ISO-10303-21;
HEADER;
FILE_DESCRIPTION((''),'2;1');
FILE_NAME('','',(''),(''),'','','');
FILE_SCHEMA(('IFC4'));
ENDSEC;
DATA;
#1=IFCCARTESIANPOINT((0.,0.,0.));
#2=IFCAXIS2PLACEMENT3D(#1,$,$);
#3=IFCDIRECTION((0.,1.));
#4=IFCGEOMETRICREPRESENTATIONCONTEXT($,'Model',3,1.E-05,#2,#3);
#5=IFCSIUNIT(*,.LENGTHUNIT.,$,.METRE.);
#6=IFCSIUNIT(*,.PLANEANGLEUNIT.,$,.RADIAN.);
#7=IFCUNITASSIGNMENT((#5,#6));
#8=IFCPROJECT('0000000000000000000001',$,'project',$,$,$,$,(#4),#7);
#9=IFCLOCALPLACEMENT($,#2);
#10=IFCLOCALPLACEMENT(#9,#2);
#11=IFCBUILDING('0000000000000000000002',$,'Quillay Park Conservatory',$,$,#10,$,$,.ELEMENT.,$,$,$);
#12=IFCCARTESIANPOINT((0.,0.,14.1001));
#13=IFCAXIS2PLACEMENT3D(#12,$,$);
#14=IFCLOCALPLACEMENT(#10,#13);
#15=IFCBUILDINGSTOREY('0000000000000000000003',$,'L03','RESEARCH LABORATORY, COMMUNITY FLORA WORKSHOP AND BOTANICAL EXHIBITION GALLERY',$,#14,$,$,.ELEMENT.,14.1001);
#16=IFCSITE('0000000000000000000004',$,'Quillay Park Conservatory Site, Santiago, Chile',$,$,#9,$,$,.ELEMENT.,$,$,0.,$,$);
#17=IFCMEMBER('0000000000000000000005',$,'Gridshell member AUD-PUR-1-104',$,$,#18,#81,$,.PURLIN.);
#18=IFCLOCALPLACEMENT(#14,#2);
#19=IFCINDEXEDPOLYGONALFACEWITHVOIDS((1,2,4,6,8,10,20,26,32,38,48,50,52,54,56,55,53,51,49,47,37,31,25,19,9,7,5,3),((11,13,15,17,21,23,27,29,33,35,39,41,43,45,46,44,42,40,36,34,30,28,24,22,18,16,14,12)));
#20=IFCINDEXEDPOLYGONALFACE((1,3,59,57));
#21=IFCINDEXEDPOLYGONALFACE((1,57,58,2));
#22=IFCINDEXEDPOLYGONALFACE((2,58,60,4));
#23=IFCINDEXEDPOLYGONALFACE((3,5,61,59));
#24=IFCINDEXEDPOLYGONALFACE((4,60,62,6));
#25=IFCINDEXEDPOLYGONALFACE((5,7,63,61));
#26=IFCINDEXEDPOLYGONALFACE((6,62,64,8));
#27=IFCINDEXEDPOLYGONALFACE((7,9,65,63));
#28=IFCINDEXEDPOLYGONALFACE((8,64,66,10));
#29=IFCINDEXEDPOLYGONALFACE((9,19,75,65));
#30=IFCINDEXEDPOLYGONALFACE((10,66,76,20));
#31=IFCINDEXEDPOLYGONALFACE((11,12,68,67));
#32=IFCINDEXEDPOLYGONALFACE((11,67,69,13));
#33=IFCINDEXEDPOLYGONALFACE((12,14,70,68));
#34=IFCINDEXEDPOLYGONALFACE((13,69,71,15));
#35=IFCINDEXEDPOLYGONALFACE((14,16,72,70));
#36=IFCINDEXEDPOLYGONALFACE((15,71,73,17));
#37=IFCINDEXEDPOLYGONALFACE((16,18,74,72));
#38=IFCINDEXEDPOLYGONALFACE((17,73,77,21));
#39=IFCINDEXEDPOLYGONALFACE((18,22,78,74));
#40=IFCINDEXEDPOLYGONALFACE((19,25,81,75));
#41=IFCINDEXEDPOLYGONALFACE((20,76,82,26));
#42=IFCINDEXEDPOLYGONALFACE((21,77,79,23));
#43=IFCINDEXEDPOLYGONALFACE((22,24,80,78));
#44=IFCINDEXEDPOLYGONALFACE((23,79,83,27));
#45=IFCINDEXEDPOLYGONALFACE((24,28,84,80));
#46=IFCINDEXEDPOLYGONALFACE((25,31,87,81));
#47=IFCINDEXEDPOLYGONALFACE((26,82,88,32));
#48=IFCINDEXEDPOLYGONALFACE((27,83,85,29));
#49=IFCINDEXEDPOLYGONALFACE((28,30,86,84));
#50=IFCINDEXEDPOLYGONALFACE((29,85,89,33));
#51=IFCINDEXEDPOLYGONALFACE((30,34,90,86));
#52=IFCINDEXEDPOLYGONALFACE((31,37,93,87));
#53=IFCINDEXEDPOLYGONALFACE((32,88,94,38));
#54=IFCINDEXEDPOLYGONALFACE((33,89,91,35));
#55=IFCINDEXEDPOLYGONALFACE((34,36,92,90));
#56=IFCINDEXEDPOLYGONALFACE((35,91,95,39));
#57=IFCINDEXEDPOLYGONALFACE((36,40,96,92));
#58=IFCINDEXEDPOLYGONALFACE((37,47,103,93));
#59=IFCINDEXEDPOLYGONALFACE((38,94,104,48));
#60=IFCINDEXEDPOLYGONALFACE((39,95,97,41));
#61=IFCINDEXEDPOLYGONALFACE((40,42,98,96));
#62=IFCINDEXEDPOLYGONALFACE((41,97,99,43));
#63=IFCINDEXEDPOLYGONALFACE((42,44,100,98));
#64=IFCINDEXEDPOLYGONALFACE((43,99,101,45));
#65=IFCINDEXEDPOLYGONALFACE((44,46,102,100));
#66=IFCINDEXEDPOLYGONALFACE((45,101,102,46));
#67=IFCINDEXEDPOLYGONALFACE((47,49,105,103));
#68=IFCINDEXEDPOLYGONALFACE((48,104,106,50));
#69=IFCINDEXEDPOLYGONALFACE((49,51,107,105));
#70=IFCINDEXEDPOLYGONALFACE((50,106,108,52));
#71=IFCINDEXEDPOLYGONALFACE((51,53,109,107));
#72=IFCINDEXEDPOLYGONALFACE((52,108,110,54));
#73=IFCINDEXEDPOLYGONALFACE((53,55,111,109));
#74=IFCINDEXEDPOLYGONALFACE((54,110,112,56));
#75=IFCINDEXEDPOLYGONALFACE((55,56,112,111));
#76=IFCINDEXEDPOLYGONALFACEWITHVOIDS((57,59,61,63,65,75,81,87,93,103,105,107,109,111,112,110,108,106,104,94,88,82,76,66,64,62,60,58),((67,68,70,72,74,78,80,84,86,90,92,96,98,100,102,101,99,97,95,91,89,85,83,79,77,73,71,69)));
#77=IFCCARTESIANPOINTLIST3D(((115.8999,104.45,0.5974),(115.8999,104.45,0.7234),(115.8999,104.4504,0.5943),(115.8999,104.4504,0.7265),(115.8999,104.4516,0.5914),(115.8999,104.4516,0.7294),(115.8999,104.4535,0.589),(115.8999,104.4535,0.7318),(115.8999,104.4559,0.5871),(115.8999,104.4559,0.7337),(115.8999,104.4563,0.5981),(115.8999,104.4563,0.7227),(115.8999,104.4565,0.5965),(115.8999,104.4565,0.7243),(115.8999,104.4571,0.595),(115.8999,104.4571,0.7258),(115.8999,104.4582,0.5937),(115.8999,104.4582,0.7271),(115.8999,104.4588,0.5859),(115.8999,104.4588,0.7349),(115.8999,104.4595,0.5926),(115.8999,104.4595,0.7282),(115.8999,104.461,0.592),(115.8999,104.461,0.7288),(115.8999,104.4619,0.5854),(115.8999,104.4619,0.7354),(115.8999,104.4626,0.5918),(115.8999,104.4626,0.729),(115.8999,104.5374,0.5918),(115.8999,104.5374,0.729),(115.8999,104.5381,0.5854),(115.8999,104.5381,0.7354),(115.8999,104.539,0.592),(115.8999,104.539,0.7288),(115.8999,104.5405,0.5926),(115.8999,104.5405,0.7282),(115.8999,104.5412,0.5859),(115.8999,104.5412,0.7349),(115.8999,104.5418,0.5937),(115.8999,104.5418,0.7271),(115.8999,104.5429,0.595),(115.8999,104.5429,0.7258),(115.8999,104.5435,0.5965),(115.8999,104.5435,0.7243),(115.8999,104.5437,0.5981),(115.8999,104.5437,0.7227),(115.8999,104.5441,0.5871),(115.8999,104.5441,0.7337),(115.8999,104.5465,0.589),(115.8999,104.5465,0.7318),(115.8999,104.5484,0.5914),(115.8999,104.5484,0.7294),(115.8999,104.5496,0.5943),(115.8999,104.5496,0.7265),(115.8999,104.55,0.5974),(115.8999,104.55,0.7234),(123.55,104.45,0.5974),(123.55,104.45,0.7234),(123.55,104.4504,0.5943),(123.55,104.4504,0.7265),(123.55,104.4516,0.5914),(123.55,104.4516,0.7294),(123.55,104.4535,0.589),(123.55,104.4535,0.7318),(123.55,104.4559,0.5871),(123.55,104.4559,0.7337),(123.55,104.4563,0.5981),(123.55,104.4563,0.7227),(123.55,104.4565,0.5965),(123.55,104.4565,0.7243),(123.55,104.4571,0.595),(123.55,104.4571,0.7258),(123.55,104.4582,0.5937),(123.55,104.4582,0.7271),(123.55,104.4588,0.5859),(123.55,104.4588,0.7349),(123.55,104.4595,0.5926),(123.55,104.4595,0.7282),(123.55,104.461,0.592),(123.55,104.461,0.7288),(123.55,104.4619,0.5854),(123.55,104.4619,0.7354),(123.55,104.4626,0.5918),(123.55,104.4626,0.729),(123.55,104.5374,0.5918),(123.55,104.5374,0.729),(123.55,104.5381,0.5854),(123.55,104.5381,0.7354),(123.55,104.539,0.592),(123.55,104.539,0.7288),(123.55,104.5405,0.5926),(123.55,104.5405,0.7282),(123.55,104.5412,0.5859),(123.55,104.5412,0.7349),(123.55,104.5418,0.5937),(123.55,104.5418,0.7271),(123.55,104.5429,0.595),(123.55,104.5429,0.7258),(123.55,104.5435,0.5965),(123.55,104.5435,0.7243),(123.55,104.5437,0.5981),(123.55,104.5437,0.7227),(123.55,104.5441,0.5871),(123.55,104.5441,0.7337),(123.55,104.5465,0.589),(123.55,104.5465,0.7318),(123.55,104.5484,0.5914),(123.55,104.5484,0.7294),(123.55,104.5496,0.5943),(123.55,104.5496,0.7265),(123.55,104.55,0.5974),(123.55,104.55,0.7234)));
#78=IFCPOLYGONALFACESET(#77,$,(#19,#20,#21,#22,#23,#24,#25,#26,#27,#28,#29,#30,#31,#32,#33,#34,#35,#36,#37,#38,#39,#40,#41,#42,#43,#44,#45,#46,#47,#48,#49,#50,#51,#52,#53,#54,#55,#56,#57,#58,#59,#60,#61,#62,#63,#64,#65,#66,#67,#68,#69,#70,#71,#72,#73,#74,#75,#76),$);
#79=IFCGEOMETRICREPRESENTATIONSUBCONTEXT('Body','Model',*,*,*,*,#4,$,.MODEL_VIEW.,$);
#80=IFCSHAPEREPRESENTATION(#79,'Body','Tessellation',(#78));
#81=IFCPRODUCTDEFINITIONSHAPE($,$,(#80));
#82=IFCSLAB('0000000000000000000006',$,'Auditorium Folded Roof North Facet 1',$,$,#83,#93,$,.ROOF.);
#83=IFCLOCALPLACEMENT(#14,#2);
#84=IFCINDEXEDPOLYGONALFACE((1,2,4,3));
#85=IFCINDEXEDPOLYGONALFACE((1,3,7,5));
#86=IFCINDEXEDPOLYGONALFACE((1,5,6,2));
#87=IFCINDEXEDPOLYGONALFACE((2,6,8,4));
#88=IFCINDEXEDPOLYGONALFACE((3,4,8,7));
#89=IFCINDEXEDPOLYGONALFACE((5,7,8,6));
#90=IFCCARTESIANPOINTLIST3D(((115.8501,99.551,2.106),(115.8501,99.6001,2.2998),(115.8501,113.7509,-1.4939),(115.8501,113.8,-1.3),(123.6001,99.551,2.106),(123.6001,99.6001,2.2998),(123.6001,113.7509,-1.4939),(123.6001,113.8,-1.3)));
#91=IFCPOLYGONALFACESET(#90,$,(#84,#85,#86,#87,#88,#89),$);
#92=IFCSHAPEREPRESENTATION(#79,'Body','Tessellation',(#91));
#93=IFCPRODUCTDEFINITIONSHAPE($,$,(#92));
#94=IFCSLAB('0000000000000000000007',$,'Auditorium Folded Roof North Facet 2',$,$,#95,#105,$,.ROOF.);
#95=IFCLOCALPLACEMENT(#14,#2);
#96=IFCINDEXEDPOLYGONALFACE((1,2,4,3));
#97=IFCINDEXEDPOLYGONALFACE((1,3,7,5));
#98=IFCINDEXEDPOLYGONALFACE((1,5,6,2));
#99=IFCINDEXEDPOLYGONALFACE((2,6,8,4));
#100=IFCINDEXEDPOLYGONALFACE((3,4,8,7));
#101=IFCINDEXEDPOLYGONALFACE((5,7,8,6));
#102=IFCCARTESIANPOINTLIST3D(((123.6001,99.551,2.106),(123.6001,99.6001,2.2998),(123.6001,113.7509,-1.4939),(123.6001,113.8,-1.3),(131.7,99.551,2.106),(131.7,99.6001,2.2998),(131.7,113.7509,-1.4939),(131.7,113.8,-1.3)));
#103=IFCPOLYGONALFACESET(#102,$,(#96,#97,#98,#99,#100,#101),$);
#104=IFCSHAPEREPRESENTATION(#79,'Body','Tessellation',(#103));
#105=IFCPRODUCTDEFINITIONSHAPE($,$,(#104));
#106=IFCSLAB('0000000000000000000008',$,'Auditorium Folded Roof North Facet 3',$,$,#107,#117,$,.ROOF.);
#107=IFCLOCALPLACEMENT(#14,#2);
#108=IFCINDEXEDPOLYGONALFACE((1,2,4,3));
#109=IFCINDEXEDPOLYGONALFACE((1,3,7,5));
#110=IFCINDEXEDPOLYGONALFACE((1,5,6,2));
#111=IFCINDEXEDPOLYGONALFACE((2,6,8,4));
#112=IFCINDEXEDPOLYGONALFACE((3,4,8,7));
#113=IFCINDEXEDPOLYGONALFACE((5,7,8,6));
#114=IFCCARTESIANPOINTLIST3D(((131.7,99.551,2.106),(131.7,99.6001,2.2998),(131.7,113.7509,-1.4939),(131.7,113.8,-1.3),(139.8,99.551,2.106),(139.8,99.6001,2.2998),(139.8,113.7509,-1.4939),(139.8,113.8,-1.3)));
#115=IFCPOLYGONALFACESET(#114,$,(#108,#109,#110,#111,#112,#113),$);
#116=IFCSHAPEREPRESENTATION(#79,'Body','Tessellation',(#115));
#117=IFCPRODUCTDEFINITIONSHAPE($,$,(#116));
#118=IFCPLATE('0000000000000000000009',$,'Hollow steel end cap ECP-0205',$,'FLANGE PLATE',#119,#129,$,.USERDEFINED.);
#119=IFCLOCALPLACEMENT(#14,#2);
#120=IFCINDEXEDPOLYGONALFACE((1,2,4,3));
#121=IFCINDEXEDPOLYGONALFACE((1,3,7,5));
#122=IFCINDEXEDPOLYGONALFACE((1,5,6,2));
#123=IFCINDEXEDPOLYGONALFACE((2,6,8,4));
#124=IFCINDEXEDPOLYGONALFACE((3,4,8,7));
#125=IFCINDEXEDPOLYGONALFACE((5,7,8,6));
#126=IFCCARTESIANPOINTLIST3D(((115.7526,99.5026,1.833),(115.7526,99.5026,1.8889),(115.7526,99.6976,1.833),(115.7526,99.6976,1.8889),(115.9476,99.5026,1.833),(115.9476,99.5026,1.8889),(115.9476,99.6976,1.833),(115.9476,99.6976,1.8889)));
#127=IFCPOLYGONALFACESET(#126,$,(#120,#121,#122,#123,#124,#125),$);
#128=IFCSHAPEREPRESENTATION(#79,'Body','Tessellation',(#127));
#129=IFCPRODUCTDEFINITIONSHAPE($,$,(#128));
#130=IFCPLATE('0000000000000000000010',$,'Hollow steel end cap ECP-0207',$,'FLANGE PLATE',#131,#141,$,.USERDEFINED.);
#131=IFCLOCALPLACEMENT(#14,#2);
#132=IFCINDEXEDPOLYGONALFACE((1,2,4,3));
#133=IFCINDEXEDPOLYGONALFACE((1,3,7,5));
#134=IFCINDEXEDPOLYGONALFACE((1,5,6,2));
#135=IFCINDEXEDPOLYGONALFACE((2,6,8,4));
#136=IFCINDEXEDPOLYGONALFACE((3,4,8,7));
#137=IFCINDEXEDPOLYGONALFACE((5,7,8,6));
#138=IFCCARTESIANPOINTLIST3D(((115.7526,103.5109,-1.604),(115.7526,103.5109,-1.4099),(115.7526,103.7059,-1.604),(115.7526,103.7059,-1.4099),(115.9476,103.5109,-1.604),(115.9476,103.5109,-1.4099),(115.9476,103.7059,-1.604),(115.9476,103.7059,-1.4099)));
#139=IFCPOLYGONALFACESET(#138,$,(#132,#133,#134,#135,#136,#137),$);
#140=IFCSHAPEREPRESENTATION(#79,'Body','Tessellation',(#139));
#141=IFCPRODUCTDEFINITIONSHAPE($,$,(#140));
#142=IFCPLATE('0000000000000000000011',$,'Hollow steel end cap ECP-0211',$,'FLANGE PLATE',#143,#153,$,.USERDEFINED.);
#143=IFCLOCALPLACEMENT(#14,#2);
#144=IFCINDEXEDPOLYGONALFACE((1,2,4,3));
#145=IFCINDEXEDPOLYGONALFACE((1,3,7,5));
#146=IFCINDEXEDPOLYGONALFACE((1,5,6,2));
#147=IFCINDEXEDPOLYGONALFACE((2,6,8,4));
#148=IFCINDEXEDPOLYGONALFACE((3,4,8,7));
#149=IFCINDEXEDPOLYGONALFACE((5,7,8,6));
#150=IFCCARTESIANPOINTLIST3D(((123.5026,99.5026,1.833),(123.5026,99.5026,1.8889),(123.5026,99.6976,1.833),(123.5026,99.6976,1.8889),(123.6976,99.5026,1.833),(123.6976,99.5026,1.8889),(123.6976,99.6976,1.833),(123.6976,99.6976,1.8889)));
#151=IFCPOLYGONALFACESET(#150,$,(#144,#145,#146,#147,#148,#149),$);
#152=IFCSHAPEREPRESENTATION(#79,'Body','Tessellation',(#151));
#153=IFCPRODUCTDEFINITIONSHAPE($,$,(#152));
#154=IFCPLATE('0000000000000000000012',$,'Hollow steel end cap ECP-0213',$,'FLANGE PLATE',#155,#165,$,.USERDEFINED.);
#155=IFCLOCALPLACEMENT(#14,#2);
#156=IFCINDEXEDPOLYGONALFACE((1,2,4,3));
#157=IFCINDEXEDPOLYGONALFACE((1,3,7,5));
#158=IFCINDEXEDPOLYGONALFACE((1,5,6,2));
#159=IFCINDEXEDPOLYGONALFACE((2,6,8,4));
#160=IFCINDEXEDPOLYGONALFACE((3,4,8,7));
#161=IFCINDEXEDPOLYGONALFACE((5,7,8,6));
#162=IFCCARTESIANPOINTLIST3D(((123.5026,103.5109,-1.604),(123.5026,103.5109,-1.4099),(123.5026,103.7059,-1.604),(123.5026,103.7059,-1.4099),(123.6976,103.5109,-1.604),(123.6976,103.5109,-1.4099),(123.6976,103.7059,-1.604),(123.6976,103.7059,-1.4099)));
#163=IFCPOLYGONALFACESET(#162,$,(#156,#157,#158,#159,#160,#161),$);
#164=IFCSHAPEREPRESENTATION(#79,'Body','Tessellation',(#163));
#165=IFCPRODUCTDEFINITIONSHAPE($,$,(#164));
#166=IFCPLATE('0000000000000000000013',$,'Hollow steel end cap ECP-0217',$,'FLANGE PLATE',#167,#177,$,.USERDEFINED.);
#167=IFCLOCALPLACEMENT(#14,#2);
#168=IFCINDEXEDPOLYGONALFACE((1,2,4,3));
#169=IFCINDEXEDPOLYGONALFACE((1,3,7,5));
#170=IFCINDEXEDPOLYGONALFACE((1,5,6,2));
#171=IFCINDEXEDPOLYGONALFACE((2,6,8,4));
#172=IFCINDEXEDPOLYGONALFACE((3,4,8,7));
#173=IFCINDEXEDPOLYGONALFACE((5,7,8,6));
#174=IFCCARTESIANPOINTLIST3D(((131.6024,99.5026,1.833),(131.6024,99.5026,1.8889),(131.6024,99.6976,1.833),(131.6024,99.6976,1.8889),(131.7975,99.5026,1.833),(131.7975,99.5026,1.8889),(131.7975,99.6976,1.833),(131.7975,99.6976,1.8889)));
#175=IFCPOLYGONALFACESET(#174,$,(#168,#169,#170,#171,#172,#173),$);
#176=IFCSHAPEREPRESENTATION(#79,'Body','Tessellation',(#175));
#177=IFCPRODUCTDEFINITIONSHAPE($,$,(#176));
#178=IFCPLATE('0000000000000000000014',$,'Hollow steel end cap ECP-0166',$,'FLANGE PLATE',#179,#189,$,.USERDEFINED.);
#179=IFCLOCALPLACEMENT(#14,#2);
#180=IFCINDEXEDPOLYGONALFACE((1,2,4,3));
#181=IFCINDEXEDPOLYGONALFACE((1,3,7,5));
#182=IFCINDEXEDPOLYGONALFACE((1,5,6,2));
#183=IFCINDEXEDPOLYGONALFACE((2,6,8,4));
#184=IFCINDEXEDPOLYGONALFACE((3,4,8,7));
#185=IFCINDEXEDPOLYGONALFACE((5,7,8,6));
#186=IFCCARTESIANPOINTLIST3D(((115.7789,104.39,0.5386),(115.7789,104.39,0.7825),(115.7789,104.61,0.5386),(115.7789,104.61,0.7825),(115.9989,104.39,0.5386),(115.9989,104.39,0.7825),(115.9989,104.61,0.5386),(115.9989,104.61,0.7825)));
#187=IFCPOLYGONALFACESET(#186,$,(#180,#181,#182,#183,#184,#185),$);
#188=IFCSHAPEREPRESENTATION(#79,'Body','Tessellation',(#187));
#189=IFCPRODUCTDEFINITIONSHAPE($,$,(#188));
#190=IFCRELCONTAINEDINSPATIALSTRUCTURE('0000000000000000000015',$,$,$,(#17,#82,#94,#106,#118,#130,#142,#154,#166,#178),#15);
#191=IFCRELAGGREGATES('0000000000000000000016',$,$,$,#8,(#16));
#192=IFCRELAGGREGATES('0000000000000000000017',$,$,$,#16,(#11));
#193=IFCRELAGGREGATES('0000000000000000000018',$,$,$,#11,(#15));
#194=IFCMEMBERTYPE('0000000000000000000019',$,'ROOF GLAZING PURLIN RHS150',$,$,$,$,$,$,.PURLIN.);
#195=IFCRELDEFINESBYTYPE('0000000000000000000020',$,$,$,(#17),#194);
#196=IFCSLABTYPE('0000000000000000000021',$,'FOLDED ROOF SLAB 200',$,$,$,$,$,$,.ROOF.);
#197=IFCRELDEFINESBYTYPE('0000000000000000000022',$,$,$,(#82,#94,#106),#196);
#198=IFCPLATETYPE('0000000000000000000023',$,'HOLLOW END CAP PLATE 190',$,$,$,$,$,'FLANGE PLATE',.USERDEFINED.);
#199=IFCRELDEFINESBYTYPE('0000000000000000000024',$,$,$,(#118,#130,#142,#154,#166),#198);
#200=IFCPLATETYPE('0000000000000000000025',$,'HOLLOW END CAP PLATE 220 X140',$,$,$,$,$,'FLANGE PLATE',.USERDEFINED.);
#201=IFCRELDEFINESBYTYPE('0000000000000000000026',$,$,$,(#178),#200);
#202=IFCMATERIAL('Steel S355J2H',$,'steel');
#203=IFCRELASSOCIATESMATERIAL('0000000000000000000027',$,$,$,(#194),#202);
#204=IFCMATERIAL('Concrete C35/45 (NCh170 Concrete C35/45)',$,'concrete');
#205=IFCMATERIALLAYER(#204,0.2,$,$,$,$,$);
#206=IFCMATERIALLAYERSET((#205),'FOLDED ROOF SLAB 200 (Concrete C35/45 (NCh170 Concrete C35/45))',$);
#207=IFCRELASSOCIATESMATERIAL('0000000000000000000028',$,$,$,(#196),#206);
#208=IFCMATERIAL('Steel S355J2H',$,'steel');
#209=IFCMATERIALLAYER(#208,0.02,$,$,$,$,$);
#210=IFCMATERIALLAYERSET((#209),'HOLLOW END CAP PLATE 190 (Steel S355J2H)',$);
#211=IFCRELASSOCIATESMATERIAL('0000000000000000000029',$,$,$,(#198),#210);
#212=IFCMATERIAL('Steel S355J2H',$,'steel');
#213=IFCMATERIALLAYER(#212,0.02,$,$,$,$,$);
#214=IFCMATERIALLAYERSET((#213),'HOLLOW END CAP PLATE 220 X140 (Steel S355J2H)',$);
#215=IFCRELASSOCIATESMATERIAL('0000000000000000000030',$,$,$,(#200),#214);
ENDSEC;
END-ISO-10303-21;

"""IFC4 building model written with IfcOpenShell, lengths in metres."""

from ifc_helpers import new_model, si_unit, direction, frame, origin, origin_2d, place, context, subcontext, project, spatial, polyline, rectangle, hollow_rectangle, outline, extrude, material, layer, layer_set, material_profile, profile_set, type_object, element, save


model = new_model("IFC4")

# Units and contexts
model_context = context("Model", 3, precision=1e-05, world=origin(), true_north=direction((0.0, 1.0)))
body_context = subcontext(model_context, "Body", "Model", "MODEL_VIEW")
ifc_project = project(units=[si_unit("LENGTHUNIT", "METRE"), si_unit("PLANEANGLEUNIT", "RADIAN")], contexts=[model_context])

# Site, building, storey
site_placement = place(None, origin())
site = spatial("IfcSite", under=ifc_project, at=site_placement, Name="Quillay Park Conservatory Site, Santiago, Chile", CompositionType="ELEMENT", RefElevation=0.0)
building_placement = place(site_placement, origin())
building = spatial("IfcBuilding", under=site, at=building_placement, Name="Quillay Park Conservatory", CompositionType="ELEMENT")
storey_placement = place(building_placement, frame((0.0, 0.0, 14.1001)))
storey = spatial("IfcBuildingStorey", under=building, at=storey_placement, Name="L03", Description="RESEARCH LABORATORY, COMMUNITY FLORA WORKSHOP AND BOTANICAL EXHIBITION GALLERY", CompositionType="ELEMENT", Elevation=14.1001)

# Member
ifc_material_1 = material(Name="Steel S355J2H", Category="steel")
ifc_material_profile_1 = material_profile(ifc_material_1, hollow_rectangle(XDim=0.1001, YDim=0.1499, WallThickness=0.0063, InnerFilletRadius=0.0063, OuterFilletRadius=0.012, at=origin_2d()), Name="RHS150x100x6.3")
ifc_profile_set_1 = profile_set([ifc_material_profile_1], Name="Steel S355J2H")
member_type_1 = type_object("IfcMemberType", Name="ROOF GLAZING PURLIN RHS150", PredefinedType="PURLIN", material=ifc_profile_set_1)
member_placement = place(storey_placement, frame((115.8999, 104.5, 0.6604), z_axis=(1.0, 0.0, 0.0), x_axis=(0.0, 1.0, 0.0)))
element("IfcMember", 1, at=member_placement, inside=storey, type_object=member_type_1, Name="Gridshell member AUD-PUR-1-104", PredefinedType="PURLIN", context=body_context, shape_type="SweptSolid", body=[
    extrude(hollow_rectangle(XDim=0.1001, YDim=0.1499, WallThickness=0.0063, InnerFilletRadius=0.0063, OuterFilletRadius=0.012, at=origin_2d()), origin(), (0.0, 0.0, 1.0), 7.6501),
])

# Slabs
ifc_material_2 = material(Name="Concrete C35/45 (NCh170 Concrete C35/45)", Category="concrete")
ifc_layer_1 = layer(ifc_material_2, 0.2)
ifc_layer_set_1 = layer_set([ifc_layer_1], Name="FOLDED ROOF SLAB 200 (Concrete C35/45 (NCh170 Concrete C35/45))")
slab_type = type_object("IfcSlabType", Name="FOLDED ROOF SLAB 200", PredefinedType="ROOF", material=ifc_layer_set_1)
slab_1_placement = place(storey_placement, frame((115.8501, 99.6001, 2.2998), z_axis=(0.0, 0.245738, 0.969336), x_axis=(1.0, 0.0, 0.0)))
element("IfcSlab", 2, at=slab_1_placement, inside=storey, type_object=slab_type, Name="Auditorium Folded Roof North Facet 1", PredefinedType="ROOF", context=body_context, shape_type="SweptSolid", body=[
    extrude(outline(polyline([(0.0, 0.0), (7.75, 0.0), (7.75, 14.6491), (0.0, 14.6491), (0.0, 0.0)])), origin(), (0.0, 0.0, -1.0), 0.2),
])
slab_2_placement = place(storey_placement, frame((123.6001, 99.6001, 2.2998), z_axis=(0.0, 0.245738, 0.969336), x_axis=(1.0, 0.0, 0.0)))
element("IfcSlab", 3, at=slab_2_placement, inside=storey, type_object=slab_type, Name="Auditorium Folded Roof North Facet 2", PredefinedType="ROOF", context=body_context, shape_type="SweptSolid", body=[
    extrude(outline(polyline([(0.0, 0.0), (8.0999, 0.0), (8.0999, 14.6491), (0.0, 14.6491), (0.0, 0.0)])), origin(), (0.0, 0.0, -1.0), 0.2),
])
slab_3_placement = place(storey_placement, frame((131.7, 99.6001, 2.2998), z_axis=(0.0, 0.245738, 0.969336), x_axis=(1.0, 0.0, 0.0)))
element("IfcSlab", 4, at=slab_3_placement, inside=storey, type_object=slab_type, Name="Auditorium Folded Roof North Facet 3", PredefinedType="ROOF", context=body_context, shape_type="SweptSolid", body=[
    extrude(outline(polyline([(0.0, 0.0), (8.1001, 0.0), (8.1001, 14.6491), (0.0, 14.6491), (0.0, 0.0)])), origin(), (0.0, 0.0, -1.0), 0.2),
])

# Plates
ifc_material_3 = material(Name="Steel S355J2H", Category="steel")
ifc_layer_2 = layer(ifc_material_3, 0.02)
ifc_layer_set_2 = layer_set([ifc_layer_2], Name="HOLLOW END CAP PLATE 190 (Steel S355J2H)")
plate_type_1 = type_object("IfcPlateType", Name="HOLLOW END CAP PLATE 190", ElementType="FLANGE PLATE", PredefinedType="USERDEFINED", material=ifc_layer_set_2)
plate_1_placement = place(storey_placement, frame((115.8501, 99.6001, 1.833), z_axis=(0.0, 0.0, 1.0), x_axis=(1.0, 0.0, 0.0)))
element("IfcPlate", 5, at=plate_1_placement, inside=storey, type_object=plate_type_1, Name="Hollow steel end cap ECP-0205", ObjectType="FLANGE PLATE", PredefinedType="USERDEFINED", context=body_context, shape_type="SweptSolid", body=[
    extrude(rectangle(XDim=0.1951, YDim=0.1951, at=origin_2d()), origin(), (0.0, 0.0, 1.0), 0.0559),
])
plate_2_placement = place(storey_placement, frame((115.8501, 103.6084, -1.604), z_axis=(0.0, 0.0, 1.0), x_axis=(1.0, 0.0, 0.0)))
element("IfcPlate", 6, at=plate_2_placement, inside=storey, type_object=plate_type_1, Name="Hollow steel end cap ECP-0207", ObjectType="FLANGE PLATE", PredefinedType="USERDEFINED", context=body_context, shape_type="SweptSolid", body=[
    extrude(rectangle(XDim=0.1951, YDim=0.1951, at=origin_2d()), origin(), (0.0, 0.0, 1.0), 0.1941),
])
plate_3_placement = place(storey_placement, frame((123.6001, 99.6001, 1.833), z_axis=(0.0, 0.0, 1.0), x_axis=(1.0, 0.0, 0.0)))
element("IfcPlate", 7, at=plate_3_placement, inside=storey, type_object=plate_type_1, Name="Hollow steel end cap ECP-0211", ObjectType="FLANGE PLATE", PredefinedType="USERDEFINED", context=body_context, shape_type="SweptSolid", body=[
    extrude(rectangle(XDim=0.1951, YDim=0.1951, at=origin_2d()), origin(), (0.0, 0.0, 1.0), 0.0559),
])
plate_4_placement = place(storey_placement, frame((123.6001, 103.6084, -1.604), z_axis=(0.0, 0.0, 1.0), x_axis=(1.0, 0.0, 0.0)))
element("IfcPlate", 8, at=plate_4_placement, inside=storey, type_object=plate_type_1, Name="Hollow steel end cap ECP-0213", ObjectType="FLANGE PLATE", PredefinedType="USERDEFINED", context=body_context, shape_type="SweptSolid", body=[
    extrude(rectangle(XDim=0.1951, YDim=0.1951, at=origin_2d()), origin(), (0.0, 0.0, 1.0), 0.1941),
])
plate_5_placement = place(storey_placement, frame((131.7, 99.6001, 1.833), z_axis=(0.0, 0.0, 1.0), x_axis=(1.0, 0.0, 0.0)))
element("IfcPlate", 9, at=plate_5_placement, inside=storey, type_object=plate_type_1, Name="Hollow steel end cap ECP-0217", ObjectType="FLANGE PLATE", PredefinedType="USERDEFINED", context=body_context, shape_type="SweptSolid", body=[
    extrude(rectangle(XDim=0.1951, YDim=0.1951, at=origin_2d()), origin(), (0.0, 0.0, 1.0), 0.0559),
])
ifc_material_4 = material(Name="Steel S355J2H", Category="steel")
ifc_layer_3 = layer(ifc_material_4, 0.02)
ifc_layer_set_3 = layer_set([ifc_layer_3], Name="HOLLOW END CAP PLATE 220 X140 (Steel S355J2H)")
plate_type_2 = type_object("IfcPlateType", Name="HOLLOW END CAP PLATE 220 X140", ElementType="FLANGE PLATE", PredefinedType="USERDEFINED", material=ifc_layer_set_3)
for number, where, z_axis, x_axis, name in (
    (10, (115.8889, 104.5, 0.5386), (0.0, 0.0, 1.0), (1.0, 0.0, 0.0), "Hollow steel end cap ECP-0166"),
):
    element("IfcPlate", number, at=place(storey_placement, frame(where, z_axis=z_axis, x_axis=x_axis)), inside=storey, type_object=plate_type_2, Name=name, ObjectType="FLANGE PLATE", PredefinedType="USERDEFINED", context=body_context, shape_type="SweptSolid", body=[
        extrude(rectangle(XDim=0.22, YDim=0.22, at=origin_2d()), origin(), (0.0, 0.0, 1.0), 0.2439),
    ])

save(model, "model.ifc")
